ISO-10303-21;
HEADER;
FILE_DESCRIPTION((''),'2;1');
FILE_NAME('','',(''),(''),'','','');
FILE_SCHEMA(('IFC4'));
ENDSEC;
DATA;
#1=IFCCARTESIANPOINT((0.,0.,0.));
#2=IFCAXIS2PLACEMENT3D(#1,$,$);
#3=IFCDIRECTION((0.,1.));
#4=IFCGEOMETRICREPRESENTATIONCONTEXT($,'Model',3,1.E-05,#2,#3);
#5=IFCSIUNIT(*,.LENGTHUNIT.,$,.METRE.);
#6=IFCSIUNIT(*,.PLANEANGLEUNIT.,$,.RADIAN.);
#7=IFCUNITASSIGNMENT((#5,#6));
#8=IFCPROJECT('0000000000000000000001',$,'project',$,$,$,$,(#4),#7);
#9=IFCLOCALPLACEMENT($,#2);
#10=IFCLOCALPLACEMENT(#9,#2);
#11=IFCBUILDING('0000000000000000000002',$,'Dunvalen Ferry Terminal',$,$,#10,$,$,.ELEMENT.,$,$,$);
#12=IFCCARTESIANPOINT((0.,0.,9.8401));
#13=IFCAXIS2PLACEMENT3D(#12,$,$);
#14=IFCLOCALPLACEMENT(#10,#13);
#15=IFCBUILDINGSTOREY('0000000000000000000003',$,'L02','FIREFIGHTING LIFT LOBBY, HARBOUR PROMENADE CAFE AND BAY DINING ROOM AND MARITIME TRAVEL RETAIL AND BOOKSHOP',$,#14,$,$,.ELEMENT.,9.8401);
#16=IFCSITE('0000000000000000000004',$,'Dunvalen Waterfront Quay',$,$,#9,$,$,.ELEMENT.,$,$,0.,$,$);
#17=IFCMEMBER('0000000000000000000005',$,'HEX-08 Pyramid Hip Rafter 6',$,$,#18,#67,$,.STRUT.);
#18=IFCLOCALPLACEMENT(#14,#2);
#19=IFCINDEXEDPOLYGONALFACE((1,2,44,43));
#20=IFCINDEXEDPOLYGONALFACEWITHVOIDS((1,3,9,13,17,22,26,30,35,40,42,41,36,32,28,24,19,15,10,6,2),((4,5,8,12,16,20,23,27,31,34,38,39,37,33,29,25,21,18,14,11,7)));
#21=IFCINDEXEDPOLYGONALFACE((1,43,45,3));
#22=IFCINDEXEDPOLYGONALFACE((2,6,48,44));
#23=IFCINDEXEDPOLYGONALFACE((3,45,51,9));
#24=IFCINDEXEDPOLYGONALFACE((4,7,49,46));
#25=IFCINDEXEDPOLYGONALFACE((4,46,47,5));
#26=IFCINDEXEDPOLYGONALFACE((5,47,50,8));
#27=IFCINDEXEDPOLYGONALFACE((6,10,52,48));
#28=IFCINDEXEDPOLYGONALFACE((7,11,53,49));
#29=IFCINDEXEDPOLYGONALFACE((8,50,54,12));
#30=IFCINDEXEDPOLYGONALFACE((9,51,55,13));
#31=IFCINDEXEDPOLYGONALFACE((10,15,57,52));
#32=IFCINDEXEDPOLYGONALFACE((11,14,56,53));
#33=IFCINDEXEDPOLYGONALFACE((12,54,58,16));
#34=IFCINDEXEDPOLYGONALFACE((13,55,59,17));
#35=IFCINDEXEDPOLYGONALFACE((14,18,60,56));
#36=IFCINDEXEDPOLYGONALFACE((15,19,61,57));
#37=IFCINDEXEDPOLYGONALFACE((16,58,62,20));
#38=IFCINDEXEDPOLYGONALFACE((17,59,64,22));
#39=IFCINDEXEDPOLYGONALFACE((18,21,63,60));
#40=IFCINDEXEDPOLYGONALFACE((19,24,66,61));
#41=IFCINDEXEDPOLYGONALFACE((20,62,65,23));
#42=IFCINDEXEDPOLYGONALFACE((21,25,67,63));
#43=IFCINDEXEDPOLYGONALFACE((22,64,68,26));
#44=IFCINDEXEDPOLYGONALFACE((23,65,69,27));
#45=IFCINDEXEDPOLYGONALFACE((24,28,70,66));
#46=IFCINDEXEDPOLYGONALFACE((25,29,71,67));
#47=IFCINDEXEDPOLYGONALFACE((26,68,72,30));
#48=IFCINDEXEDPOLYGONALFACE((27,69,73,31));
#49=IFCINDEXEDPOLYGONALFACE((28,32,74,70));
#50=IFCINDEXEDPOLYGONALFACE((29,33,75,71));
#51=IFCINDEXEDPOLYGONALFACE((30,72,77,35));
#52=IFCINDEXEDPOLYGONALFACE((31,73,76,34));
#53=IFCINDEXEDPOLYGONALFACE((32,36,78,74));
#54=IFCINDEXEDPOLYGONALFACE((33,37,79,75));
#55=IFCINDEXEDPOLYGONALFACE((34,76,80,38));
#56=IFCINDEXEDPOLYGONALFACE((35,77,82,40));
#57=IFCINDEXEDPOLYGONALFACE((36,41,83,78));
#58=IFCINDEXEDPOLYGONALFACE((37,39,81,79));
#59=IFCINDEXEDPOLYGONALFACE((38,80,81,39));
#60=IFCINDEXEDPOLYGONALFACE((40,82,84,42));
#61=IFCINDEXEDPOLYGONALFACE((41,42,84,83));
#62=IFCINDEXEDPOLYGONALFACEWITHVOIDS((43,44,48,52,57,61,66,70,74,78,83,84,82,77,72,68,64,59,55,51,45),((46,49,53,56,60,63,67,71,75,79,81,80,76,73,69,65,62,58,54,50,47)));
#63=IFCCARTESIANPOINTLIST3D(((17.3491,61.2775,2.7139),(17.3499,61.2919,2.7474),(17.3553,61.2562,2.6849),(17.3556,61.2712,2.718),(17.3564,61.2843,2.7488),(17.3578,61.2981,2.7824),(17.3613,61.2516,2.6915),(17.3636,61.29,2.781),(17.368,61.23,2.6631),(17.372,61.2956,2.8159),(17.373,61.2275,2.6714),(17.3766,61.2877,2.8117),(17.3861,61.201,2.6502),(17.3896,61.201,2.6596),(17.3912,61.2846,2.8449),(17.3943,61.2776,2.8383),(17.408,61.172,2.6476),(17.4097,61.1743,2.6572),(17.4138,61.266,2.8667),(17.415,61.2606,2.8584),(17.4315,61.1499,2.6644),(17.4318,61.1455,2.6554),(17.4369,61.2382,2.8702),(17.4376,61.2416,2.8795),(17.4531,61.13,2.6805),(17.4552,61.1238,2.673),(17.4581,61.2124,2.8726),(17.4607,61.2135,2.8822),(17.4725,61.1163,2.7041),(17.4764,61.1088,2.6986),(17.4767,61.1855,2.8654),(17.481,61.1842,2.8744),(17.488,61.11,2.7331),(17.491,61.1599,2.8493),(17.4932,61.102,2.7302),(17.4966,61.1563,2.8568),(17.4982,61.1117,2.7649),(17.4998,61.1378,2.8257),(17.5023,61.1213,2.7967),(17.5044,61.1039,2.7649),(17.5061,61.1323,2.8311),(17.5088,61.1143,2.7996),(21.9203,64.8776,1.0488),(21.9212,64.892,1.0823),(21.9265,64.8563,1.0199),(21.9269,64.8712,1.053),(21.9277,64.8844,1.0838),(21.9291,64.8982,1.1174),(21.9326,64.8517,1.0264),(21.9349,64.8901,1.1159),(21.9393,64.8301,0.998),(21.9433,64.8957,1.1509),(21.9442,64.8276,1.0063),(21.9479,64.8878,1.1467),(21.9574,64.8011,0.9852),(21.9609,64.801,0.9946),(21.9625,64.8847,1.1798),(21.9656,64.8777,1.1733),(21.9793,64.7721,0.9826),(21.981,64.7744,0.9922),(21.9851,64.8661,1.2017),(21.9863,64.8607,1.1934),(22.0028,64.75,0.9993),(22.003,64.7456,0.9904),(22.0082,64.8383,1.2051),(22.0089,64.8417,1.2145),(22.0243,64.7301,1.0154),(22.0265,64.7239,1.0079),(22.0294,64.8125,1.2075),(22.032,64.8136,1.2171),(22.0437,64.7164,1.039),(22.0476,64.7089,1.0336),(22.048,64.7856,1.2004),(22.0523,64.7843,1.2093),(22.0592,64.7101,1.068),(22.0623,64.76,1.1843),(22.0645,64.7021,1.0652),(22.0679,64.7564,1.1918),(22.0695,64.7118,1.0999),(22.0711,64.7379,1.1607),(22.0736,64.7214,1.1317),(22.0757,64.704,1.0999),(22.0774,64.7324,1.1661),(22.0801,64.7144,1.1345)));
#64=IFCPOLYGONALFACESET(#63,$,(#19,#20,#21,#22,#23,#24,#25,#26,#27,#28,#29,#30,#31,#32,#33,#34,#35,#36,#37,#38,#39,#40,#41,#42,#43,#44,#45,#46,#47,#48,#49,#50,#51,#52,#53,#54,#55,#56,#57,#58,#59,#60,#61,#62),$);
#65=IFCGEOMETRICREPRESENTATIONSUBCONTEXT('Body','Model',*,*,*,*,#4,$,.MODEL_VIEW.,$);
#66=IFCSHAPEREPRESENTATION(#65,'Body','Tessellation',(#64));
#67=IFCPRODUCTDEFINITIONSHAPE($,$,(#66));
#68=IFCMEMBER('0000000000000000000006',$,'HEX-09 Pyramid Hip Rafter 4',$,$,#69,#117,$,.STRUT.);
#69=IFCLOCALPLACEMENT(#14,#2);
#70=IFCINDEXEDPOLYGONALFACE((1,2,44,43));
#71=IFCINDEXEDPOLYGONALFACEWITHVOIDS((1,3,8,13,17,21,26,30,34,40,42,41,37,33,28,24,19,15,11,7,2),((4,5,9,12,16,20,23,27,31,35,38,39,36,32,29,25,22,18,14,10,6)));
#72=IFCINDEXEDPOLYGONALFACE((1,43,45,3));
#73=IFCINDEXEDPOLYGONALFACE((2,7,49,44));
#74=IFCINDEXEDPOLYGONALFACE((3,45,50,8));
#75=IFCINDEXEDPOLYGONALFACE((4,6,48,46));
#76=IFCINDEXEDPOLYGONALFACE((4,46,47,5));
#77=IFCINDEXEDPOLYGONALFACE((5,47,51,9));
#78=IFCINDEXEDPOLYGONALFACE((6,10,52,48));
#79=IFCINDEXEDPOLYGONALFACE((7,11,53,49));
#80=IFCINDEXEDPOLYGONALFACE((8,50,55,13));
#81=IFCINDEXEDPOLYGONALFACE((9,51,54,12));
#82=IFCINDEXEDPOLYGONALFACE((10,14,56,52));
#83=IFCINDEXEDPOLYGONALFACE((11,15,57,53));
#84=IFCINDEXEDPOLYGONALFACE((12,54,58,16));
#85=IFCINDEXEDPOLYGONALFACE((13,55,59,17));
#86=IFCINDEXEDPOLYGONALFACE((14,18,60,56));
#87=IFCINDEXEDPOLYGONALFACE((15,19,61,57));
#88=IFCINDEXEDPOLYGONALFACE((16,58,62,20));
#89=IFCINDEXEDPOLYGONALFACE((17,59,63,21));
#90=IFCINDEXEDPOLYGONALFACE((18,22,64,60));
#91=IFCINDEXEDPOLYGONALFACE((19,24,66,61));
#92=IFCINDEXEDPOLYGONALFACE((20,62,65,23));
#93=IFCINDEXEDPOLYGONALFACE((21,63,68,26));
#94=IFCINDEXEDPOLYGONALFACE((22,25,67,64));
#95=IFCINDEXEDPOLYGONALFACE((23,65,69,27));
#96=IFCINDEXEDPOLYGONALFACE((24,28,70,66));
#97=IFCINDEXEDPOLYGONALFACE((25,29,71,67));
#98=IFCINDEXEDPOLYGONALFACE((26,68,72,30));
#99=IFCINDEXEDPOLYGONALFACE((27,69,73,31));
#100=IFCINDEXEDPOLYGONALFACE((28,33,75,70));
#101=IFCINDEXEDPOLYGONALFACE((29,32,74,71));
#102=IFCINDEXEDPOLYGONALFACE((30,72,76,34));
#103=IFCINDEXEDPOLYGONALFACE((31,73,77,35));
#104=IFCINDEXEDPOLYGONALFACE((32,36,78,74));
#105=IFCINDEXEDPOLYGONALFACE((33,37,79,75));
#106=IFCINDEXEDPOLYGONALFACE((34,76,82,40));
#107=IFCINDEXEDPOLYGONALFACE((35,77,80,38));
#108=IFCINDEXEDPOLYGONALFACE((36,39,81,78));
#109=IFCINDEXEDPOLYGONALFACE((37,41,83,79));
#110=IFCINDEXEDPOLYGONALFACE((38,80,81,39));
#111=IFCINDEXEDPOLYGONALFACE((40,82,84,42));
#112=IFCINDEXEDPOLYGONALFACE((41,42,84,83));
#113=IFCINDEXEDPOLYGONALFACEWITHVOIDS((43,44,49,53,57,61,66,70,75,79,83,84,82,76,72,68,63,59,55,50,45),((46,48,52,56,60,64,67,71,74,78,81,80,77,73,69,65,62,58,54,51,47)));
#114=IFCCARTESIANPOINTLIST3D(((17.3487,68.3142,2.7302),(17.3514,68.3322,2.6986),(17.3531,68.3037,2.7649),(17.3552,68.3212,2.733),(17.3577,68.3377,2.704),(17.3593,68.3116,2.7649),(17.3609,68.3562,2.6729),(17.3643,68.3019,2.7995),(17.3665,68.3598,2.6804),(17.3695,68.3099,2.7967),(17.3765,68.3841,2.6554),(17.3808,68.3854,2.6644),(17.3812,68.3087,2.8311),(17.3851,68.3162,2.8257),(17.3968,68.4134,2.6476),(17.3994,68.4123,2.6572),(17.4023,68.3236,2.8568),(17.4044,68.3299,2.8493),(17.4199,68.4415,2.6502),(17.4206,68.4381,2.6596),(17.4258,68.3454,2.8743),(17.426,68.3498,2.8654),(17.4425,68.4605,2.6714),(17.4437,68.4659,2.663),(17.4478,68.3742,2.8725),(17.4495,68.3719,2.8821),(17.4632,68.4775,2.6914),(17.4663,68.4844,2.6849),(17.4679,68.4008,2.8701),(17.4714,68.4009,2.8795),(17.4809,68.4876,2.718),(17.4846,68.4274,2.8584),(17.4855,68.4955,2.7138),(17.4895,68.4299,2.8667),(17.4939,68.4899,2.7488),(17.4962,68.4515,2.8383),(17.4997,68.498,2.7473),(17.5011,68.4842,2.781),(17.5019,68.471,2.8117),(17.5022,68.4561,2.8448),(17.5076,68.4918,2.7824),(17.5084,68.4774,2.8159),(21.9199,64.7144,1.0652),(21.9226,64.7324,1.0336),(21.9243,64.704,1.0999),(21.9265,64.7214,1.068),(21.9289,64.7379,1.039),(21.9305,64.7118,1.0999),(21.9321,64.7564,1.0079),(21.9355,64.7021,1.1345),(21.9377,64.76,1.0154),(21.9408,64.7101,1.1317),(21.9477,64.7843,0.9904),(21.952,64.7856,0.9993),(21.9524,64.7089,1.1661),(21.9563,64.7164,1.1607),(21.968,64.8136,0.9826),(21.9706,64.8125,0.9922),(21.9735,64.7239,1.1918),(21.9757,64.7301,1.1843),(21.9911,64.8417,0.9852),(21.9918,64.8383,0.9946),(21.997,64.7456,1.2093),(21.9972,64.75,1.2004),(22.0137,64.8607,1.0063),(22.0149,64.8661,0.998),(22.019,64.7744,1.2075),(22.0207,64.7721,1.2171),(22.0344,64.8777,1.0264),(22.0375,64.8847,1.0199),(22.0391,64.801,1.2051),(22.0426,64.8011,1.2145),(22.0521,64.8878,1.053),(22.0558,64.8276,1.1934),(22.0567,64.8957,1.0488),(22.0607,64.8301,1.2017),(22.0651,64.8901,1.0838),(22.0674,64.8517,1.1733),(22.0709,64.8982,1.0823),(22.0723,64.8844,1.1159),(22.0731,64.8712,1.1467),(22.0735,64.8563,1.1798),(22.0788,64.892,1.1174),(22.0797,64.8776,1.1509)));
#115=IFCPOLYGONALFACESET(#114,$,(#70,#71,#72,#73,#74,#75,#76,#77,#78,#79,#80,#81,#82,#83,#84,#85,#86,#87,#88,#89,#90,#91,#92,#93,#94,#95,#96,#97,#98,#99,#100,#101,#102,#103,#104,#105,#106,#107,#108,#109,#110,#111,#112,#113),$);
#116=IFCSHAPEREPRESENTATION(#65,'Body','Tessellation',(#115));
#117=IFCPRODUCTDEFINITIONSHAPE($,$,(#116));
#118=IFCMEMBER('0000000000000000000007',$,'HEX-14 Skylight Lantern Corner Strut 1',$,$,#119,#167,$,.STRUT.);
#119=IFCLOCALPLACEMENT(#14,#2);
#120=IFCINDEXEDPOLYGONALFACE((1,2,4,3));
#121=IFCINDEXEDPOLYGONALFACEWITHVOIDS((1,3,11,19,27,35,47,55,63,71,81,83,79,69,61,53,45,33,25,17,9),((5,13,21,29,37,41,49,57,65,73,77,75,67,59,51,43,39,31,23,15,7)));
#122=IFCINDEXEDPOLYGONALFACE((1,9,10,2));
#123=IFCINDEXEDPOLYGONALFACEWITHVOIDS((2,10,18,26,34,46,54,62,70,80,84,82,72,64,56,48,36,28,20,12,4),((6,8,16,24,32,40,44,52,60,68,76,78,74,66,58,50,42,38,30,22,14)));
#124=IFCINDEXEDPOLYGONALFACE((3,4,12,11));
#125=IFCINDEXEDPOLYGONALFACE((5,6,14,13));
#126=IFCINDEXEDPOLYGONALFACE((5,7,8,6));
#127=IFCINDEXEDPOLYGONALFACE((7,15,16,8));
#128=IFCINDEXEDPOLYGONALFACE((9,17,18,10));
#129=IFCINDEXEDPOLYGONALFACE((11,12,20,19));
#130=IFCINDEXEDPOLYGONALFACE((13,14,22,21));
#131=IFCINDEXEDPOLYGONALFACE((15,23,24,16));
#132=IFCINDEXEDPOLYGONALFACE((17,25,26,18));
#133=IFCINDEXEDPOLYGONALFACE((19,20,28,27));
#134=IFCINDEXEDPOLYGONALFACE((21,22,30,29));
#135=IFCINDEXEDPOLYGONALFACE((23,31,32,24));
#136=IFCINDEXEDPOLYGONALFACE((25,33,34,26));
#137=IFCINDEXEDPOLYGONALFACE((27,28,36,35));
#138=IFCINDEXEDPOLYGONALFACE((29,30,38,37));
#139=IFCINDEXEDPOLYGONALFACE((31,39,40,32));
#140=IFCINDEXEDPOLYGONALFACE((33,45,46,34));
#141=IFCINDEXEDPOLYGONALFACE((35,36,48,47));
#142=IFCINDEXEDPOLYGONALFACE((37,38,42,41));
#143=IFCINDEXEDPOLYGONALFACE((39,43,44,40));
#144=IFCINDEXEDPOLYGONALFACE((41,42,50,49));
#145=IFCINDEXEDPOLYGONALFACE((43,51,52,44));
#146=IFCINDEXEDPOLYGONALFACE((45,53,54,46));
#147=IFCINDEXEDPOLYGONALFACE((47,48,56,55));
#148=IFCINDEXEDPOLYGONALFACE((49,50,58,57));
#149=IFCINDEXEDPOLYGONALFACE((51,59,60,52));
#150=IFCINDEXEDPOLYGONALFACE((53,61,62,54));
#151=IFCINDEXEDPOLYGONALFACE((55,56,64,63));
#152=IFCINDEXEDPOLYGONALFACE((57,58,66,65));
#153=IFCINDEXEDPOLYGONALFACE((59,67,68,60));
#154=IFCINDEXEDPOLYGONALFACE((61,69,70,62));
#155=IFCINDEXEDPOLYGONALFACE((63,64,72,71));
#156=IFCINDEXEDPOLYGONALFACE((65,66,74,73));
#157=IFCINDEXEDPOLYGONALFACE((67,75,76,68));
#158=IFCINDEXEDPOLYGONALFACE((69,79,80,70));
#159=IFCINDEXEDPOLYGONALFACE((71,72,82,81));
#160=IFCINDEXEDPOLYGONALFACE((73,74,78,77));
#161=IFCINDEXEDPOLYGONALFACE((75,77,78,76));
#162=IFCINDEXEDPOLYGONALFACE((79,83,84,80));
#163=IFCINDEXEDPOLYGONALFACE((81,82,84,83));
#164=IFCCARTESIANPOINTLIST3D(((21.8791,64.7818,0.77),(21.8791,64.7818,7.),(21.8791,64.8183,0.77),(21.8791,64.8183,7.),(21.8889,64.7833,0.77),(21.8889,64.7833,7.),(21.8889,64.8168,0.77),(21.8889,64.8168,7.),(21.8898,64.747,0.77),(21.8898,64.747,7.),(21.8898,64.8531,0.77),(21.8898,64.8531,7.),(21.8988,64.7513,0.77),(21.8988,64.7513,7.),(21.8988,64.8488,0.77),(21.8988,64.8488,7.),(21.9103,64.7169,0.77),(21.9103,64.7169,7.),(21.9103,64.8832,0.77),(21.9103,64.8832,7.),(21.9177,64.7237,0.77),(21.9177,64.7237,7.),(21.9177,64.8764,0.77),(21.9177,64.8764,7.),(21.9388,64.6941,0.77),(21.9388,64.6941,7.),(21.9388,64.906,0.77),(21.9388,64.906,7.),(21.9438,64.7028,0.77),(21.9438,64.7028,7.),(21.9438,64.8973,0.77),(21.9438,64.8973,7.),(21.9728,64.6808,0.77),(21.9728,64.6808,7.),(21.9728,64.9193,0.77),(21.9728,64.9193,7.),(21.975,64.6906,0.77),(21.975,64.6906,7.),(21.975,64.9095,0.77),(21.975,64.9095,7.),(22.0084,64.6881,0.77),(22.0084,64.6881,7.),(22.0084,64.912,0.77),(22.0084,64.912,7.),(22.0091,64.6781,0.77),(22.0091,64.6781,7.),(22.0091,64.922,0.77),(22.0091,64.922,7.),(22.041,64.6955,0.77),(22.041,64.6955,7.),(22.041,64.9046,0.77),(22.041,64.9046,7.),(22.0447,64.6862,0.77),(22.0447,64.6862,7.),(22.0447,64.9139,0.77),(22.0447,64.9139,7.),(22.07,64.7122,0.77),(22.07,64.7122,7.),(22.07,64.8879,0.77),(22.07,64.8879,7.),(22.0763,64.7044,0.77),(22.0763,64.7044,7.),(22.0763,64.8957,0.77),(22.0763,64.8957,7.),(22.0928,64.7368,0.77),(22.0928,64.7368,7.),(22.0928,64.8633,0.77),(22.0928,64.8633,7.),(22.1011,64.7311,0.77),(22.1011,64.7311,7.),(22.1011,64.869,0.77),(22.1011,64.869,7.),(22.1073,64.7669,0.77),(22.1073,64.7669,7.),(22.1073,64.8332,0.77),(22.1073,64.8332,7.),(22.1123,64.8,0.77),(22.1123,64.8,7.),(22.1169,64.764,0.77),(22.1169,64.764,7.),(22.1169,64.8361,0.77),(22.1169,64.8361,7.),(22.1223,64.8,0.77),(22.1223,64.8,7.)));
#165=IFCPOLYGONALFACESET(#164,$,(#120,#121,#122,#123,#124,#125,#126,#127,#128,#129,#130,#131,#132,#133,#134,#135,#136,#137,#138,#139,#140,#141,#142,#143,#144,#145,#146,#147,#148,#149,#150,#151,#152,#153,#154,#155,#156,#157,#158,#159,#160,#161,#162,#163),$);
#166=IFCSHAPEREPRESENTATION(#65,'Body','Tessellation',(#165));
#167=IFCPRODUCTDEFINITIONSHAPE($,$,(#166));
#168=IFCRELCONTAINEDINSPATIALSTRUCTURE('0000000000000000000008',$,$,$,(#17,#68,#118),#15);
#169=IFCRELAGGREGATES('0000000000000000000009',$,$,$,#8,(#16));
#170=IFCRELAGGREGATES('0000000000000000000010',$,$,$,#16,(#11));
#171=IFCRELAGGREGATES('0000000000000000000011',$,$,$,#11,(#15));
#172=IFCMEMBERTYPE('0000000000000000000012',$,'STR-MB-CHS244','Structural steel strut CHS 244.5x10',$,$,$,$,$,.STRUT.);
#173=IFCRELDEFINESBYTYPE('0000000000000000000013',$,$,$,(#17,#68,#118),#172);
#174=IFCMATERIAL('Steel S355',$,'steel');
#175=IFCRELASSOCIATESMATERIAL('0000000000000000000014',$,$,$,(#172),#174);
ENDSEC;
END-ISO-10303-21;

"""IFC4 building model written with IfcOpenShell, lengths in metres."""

from ifc_helpers import new_model, si_unit, direction, frame, origin, origin_2d, place, context, subcontext, project, spatial, hollow_circle, extrude, material, material_profile, profile_set, type_object, element, save


model = new_model("IFC4")

# Units and contexts
model_context = context("Model", 3, precision=1e-05, world=origin(), true_north=direction((0.0, 1.0)))
body_context = subcontext(model_context, "Body", "Model", "MODEL_VIEW")
ifc_project = project(units=[si_unit("LENGTHUNIT", "METRE"), si_unit("PLANEANGLEUNIT", "RADIAN")], contexts=[model_context])

# Site, building, storey
site_placement = place(None, origin())
site = spatial("IfcSite", under=ifc_project, at=site_placement, Name="Dunvalen Waterfront Quay", CompositionType="ELEMENT", RefElevation=0.0)
building_placement = place(site_placement, origin())
building = spatial("IfcBuilding", under=site, at=building_placement, Name="Dunvalen Ferry Terminal", CompositionType="ELEMENT")
storey_placement = place(building_placement, frame((0.0, 0.0, 9.8401)))
storey = spatial("IfcBuildingStorey", under=building, at=storey_placement, Name="L02", Description="FIREFIGHTING LIFT LOBBY, HARBOUR PROMENADE CAFE AND BAY DINING ROOM AND MARITIME TRAVEL RETAIL AND BOOKSHOP", CompositionType="ELEMENT", Elevation=9.8401)

# Shared definitions
ifc_material_1 = material(Name="Steel S355", Category="steel")

# Members
ifc_material_profile_1 = material_profile(ifc_material_1, hollow_circle(Radius=0.1223, WallThickness=0.01, at=origin_2d()), Name="Steel S355")
ifc_profile_set_1 = profile_set([ifc_material_profile_1], Name="Steel S355")
member_type_1 = type_object("IfcMemberType", Name="STR-MB-CHS244", Description="Structural steel strut CHS 244.5x10", PredefinedType="STRUT", material=ifc_profile_set_1)
member_1_placement = place(storey_placement, frame((22.0, 64.8, 1.0999), z_axis=(-0.755304, -0.594836, 0.275111), x_axis=(0.618711, -0.785619, 0.0)))
element("IfcMember", 1, at=member_1_placement, inside=storey, type_object=member_type_1, Name="HEX-08 Pyramid Hip Rafter 6", PredefinedType="STRUT", context=body_context, shape_type="SweptSolid", body=[
    extrude(hollow_circle(Radius=0.1223, WallThickness=0.01, at=origin_2d()), origin(), (0.0, 0.0, 1.0), 6.0522),
])
member_2_placement = place(storey_placement, frame((22.0, 64.8, 1.0999), z_axis=(-0.755322, 0.59481, 0.275117), x_axis=(-0.618685, -0.785639, 0.0)))
element("IfcMember", 2, at=member_2_placement, inside=storey, type_object=member_type_1, Name="HEX-09 Pyramid Hip Rafter 4", PredefinedType="STRUT", context=body_context, shape_type="SweptSolid", body=[
    extrude(hollow_circle(Radius=0.1223, WallThickness=0.01, at=origin_2d()), origin(), (0.0, 0.0, 1.0), 6.052),
])
member_3_placement = place(storey_placement, frame((22.0, 64.8, 0.77), z_axis=(0.0, 0.0, 1.0), x_axis=(1.0, 0.0, 0.0)))
element("IfcMember", 3, at=member_3_placement, inside=storey, type_object=member_type_1, Name="HEX-14 Skylight Lantern Corner Strut 1", PredefinedType="STRUT", context=body_context, shape_type="SweptSolid", body=[
    extrude(hollow_circle(Radius=0.1223, WallThickness=0.01, at=origin_2d()), origin(), (0.0, 0.0, 1.0), 6.23),
])

save(model, "model.ifc")
